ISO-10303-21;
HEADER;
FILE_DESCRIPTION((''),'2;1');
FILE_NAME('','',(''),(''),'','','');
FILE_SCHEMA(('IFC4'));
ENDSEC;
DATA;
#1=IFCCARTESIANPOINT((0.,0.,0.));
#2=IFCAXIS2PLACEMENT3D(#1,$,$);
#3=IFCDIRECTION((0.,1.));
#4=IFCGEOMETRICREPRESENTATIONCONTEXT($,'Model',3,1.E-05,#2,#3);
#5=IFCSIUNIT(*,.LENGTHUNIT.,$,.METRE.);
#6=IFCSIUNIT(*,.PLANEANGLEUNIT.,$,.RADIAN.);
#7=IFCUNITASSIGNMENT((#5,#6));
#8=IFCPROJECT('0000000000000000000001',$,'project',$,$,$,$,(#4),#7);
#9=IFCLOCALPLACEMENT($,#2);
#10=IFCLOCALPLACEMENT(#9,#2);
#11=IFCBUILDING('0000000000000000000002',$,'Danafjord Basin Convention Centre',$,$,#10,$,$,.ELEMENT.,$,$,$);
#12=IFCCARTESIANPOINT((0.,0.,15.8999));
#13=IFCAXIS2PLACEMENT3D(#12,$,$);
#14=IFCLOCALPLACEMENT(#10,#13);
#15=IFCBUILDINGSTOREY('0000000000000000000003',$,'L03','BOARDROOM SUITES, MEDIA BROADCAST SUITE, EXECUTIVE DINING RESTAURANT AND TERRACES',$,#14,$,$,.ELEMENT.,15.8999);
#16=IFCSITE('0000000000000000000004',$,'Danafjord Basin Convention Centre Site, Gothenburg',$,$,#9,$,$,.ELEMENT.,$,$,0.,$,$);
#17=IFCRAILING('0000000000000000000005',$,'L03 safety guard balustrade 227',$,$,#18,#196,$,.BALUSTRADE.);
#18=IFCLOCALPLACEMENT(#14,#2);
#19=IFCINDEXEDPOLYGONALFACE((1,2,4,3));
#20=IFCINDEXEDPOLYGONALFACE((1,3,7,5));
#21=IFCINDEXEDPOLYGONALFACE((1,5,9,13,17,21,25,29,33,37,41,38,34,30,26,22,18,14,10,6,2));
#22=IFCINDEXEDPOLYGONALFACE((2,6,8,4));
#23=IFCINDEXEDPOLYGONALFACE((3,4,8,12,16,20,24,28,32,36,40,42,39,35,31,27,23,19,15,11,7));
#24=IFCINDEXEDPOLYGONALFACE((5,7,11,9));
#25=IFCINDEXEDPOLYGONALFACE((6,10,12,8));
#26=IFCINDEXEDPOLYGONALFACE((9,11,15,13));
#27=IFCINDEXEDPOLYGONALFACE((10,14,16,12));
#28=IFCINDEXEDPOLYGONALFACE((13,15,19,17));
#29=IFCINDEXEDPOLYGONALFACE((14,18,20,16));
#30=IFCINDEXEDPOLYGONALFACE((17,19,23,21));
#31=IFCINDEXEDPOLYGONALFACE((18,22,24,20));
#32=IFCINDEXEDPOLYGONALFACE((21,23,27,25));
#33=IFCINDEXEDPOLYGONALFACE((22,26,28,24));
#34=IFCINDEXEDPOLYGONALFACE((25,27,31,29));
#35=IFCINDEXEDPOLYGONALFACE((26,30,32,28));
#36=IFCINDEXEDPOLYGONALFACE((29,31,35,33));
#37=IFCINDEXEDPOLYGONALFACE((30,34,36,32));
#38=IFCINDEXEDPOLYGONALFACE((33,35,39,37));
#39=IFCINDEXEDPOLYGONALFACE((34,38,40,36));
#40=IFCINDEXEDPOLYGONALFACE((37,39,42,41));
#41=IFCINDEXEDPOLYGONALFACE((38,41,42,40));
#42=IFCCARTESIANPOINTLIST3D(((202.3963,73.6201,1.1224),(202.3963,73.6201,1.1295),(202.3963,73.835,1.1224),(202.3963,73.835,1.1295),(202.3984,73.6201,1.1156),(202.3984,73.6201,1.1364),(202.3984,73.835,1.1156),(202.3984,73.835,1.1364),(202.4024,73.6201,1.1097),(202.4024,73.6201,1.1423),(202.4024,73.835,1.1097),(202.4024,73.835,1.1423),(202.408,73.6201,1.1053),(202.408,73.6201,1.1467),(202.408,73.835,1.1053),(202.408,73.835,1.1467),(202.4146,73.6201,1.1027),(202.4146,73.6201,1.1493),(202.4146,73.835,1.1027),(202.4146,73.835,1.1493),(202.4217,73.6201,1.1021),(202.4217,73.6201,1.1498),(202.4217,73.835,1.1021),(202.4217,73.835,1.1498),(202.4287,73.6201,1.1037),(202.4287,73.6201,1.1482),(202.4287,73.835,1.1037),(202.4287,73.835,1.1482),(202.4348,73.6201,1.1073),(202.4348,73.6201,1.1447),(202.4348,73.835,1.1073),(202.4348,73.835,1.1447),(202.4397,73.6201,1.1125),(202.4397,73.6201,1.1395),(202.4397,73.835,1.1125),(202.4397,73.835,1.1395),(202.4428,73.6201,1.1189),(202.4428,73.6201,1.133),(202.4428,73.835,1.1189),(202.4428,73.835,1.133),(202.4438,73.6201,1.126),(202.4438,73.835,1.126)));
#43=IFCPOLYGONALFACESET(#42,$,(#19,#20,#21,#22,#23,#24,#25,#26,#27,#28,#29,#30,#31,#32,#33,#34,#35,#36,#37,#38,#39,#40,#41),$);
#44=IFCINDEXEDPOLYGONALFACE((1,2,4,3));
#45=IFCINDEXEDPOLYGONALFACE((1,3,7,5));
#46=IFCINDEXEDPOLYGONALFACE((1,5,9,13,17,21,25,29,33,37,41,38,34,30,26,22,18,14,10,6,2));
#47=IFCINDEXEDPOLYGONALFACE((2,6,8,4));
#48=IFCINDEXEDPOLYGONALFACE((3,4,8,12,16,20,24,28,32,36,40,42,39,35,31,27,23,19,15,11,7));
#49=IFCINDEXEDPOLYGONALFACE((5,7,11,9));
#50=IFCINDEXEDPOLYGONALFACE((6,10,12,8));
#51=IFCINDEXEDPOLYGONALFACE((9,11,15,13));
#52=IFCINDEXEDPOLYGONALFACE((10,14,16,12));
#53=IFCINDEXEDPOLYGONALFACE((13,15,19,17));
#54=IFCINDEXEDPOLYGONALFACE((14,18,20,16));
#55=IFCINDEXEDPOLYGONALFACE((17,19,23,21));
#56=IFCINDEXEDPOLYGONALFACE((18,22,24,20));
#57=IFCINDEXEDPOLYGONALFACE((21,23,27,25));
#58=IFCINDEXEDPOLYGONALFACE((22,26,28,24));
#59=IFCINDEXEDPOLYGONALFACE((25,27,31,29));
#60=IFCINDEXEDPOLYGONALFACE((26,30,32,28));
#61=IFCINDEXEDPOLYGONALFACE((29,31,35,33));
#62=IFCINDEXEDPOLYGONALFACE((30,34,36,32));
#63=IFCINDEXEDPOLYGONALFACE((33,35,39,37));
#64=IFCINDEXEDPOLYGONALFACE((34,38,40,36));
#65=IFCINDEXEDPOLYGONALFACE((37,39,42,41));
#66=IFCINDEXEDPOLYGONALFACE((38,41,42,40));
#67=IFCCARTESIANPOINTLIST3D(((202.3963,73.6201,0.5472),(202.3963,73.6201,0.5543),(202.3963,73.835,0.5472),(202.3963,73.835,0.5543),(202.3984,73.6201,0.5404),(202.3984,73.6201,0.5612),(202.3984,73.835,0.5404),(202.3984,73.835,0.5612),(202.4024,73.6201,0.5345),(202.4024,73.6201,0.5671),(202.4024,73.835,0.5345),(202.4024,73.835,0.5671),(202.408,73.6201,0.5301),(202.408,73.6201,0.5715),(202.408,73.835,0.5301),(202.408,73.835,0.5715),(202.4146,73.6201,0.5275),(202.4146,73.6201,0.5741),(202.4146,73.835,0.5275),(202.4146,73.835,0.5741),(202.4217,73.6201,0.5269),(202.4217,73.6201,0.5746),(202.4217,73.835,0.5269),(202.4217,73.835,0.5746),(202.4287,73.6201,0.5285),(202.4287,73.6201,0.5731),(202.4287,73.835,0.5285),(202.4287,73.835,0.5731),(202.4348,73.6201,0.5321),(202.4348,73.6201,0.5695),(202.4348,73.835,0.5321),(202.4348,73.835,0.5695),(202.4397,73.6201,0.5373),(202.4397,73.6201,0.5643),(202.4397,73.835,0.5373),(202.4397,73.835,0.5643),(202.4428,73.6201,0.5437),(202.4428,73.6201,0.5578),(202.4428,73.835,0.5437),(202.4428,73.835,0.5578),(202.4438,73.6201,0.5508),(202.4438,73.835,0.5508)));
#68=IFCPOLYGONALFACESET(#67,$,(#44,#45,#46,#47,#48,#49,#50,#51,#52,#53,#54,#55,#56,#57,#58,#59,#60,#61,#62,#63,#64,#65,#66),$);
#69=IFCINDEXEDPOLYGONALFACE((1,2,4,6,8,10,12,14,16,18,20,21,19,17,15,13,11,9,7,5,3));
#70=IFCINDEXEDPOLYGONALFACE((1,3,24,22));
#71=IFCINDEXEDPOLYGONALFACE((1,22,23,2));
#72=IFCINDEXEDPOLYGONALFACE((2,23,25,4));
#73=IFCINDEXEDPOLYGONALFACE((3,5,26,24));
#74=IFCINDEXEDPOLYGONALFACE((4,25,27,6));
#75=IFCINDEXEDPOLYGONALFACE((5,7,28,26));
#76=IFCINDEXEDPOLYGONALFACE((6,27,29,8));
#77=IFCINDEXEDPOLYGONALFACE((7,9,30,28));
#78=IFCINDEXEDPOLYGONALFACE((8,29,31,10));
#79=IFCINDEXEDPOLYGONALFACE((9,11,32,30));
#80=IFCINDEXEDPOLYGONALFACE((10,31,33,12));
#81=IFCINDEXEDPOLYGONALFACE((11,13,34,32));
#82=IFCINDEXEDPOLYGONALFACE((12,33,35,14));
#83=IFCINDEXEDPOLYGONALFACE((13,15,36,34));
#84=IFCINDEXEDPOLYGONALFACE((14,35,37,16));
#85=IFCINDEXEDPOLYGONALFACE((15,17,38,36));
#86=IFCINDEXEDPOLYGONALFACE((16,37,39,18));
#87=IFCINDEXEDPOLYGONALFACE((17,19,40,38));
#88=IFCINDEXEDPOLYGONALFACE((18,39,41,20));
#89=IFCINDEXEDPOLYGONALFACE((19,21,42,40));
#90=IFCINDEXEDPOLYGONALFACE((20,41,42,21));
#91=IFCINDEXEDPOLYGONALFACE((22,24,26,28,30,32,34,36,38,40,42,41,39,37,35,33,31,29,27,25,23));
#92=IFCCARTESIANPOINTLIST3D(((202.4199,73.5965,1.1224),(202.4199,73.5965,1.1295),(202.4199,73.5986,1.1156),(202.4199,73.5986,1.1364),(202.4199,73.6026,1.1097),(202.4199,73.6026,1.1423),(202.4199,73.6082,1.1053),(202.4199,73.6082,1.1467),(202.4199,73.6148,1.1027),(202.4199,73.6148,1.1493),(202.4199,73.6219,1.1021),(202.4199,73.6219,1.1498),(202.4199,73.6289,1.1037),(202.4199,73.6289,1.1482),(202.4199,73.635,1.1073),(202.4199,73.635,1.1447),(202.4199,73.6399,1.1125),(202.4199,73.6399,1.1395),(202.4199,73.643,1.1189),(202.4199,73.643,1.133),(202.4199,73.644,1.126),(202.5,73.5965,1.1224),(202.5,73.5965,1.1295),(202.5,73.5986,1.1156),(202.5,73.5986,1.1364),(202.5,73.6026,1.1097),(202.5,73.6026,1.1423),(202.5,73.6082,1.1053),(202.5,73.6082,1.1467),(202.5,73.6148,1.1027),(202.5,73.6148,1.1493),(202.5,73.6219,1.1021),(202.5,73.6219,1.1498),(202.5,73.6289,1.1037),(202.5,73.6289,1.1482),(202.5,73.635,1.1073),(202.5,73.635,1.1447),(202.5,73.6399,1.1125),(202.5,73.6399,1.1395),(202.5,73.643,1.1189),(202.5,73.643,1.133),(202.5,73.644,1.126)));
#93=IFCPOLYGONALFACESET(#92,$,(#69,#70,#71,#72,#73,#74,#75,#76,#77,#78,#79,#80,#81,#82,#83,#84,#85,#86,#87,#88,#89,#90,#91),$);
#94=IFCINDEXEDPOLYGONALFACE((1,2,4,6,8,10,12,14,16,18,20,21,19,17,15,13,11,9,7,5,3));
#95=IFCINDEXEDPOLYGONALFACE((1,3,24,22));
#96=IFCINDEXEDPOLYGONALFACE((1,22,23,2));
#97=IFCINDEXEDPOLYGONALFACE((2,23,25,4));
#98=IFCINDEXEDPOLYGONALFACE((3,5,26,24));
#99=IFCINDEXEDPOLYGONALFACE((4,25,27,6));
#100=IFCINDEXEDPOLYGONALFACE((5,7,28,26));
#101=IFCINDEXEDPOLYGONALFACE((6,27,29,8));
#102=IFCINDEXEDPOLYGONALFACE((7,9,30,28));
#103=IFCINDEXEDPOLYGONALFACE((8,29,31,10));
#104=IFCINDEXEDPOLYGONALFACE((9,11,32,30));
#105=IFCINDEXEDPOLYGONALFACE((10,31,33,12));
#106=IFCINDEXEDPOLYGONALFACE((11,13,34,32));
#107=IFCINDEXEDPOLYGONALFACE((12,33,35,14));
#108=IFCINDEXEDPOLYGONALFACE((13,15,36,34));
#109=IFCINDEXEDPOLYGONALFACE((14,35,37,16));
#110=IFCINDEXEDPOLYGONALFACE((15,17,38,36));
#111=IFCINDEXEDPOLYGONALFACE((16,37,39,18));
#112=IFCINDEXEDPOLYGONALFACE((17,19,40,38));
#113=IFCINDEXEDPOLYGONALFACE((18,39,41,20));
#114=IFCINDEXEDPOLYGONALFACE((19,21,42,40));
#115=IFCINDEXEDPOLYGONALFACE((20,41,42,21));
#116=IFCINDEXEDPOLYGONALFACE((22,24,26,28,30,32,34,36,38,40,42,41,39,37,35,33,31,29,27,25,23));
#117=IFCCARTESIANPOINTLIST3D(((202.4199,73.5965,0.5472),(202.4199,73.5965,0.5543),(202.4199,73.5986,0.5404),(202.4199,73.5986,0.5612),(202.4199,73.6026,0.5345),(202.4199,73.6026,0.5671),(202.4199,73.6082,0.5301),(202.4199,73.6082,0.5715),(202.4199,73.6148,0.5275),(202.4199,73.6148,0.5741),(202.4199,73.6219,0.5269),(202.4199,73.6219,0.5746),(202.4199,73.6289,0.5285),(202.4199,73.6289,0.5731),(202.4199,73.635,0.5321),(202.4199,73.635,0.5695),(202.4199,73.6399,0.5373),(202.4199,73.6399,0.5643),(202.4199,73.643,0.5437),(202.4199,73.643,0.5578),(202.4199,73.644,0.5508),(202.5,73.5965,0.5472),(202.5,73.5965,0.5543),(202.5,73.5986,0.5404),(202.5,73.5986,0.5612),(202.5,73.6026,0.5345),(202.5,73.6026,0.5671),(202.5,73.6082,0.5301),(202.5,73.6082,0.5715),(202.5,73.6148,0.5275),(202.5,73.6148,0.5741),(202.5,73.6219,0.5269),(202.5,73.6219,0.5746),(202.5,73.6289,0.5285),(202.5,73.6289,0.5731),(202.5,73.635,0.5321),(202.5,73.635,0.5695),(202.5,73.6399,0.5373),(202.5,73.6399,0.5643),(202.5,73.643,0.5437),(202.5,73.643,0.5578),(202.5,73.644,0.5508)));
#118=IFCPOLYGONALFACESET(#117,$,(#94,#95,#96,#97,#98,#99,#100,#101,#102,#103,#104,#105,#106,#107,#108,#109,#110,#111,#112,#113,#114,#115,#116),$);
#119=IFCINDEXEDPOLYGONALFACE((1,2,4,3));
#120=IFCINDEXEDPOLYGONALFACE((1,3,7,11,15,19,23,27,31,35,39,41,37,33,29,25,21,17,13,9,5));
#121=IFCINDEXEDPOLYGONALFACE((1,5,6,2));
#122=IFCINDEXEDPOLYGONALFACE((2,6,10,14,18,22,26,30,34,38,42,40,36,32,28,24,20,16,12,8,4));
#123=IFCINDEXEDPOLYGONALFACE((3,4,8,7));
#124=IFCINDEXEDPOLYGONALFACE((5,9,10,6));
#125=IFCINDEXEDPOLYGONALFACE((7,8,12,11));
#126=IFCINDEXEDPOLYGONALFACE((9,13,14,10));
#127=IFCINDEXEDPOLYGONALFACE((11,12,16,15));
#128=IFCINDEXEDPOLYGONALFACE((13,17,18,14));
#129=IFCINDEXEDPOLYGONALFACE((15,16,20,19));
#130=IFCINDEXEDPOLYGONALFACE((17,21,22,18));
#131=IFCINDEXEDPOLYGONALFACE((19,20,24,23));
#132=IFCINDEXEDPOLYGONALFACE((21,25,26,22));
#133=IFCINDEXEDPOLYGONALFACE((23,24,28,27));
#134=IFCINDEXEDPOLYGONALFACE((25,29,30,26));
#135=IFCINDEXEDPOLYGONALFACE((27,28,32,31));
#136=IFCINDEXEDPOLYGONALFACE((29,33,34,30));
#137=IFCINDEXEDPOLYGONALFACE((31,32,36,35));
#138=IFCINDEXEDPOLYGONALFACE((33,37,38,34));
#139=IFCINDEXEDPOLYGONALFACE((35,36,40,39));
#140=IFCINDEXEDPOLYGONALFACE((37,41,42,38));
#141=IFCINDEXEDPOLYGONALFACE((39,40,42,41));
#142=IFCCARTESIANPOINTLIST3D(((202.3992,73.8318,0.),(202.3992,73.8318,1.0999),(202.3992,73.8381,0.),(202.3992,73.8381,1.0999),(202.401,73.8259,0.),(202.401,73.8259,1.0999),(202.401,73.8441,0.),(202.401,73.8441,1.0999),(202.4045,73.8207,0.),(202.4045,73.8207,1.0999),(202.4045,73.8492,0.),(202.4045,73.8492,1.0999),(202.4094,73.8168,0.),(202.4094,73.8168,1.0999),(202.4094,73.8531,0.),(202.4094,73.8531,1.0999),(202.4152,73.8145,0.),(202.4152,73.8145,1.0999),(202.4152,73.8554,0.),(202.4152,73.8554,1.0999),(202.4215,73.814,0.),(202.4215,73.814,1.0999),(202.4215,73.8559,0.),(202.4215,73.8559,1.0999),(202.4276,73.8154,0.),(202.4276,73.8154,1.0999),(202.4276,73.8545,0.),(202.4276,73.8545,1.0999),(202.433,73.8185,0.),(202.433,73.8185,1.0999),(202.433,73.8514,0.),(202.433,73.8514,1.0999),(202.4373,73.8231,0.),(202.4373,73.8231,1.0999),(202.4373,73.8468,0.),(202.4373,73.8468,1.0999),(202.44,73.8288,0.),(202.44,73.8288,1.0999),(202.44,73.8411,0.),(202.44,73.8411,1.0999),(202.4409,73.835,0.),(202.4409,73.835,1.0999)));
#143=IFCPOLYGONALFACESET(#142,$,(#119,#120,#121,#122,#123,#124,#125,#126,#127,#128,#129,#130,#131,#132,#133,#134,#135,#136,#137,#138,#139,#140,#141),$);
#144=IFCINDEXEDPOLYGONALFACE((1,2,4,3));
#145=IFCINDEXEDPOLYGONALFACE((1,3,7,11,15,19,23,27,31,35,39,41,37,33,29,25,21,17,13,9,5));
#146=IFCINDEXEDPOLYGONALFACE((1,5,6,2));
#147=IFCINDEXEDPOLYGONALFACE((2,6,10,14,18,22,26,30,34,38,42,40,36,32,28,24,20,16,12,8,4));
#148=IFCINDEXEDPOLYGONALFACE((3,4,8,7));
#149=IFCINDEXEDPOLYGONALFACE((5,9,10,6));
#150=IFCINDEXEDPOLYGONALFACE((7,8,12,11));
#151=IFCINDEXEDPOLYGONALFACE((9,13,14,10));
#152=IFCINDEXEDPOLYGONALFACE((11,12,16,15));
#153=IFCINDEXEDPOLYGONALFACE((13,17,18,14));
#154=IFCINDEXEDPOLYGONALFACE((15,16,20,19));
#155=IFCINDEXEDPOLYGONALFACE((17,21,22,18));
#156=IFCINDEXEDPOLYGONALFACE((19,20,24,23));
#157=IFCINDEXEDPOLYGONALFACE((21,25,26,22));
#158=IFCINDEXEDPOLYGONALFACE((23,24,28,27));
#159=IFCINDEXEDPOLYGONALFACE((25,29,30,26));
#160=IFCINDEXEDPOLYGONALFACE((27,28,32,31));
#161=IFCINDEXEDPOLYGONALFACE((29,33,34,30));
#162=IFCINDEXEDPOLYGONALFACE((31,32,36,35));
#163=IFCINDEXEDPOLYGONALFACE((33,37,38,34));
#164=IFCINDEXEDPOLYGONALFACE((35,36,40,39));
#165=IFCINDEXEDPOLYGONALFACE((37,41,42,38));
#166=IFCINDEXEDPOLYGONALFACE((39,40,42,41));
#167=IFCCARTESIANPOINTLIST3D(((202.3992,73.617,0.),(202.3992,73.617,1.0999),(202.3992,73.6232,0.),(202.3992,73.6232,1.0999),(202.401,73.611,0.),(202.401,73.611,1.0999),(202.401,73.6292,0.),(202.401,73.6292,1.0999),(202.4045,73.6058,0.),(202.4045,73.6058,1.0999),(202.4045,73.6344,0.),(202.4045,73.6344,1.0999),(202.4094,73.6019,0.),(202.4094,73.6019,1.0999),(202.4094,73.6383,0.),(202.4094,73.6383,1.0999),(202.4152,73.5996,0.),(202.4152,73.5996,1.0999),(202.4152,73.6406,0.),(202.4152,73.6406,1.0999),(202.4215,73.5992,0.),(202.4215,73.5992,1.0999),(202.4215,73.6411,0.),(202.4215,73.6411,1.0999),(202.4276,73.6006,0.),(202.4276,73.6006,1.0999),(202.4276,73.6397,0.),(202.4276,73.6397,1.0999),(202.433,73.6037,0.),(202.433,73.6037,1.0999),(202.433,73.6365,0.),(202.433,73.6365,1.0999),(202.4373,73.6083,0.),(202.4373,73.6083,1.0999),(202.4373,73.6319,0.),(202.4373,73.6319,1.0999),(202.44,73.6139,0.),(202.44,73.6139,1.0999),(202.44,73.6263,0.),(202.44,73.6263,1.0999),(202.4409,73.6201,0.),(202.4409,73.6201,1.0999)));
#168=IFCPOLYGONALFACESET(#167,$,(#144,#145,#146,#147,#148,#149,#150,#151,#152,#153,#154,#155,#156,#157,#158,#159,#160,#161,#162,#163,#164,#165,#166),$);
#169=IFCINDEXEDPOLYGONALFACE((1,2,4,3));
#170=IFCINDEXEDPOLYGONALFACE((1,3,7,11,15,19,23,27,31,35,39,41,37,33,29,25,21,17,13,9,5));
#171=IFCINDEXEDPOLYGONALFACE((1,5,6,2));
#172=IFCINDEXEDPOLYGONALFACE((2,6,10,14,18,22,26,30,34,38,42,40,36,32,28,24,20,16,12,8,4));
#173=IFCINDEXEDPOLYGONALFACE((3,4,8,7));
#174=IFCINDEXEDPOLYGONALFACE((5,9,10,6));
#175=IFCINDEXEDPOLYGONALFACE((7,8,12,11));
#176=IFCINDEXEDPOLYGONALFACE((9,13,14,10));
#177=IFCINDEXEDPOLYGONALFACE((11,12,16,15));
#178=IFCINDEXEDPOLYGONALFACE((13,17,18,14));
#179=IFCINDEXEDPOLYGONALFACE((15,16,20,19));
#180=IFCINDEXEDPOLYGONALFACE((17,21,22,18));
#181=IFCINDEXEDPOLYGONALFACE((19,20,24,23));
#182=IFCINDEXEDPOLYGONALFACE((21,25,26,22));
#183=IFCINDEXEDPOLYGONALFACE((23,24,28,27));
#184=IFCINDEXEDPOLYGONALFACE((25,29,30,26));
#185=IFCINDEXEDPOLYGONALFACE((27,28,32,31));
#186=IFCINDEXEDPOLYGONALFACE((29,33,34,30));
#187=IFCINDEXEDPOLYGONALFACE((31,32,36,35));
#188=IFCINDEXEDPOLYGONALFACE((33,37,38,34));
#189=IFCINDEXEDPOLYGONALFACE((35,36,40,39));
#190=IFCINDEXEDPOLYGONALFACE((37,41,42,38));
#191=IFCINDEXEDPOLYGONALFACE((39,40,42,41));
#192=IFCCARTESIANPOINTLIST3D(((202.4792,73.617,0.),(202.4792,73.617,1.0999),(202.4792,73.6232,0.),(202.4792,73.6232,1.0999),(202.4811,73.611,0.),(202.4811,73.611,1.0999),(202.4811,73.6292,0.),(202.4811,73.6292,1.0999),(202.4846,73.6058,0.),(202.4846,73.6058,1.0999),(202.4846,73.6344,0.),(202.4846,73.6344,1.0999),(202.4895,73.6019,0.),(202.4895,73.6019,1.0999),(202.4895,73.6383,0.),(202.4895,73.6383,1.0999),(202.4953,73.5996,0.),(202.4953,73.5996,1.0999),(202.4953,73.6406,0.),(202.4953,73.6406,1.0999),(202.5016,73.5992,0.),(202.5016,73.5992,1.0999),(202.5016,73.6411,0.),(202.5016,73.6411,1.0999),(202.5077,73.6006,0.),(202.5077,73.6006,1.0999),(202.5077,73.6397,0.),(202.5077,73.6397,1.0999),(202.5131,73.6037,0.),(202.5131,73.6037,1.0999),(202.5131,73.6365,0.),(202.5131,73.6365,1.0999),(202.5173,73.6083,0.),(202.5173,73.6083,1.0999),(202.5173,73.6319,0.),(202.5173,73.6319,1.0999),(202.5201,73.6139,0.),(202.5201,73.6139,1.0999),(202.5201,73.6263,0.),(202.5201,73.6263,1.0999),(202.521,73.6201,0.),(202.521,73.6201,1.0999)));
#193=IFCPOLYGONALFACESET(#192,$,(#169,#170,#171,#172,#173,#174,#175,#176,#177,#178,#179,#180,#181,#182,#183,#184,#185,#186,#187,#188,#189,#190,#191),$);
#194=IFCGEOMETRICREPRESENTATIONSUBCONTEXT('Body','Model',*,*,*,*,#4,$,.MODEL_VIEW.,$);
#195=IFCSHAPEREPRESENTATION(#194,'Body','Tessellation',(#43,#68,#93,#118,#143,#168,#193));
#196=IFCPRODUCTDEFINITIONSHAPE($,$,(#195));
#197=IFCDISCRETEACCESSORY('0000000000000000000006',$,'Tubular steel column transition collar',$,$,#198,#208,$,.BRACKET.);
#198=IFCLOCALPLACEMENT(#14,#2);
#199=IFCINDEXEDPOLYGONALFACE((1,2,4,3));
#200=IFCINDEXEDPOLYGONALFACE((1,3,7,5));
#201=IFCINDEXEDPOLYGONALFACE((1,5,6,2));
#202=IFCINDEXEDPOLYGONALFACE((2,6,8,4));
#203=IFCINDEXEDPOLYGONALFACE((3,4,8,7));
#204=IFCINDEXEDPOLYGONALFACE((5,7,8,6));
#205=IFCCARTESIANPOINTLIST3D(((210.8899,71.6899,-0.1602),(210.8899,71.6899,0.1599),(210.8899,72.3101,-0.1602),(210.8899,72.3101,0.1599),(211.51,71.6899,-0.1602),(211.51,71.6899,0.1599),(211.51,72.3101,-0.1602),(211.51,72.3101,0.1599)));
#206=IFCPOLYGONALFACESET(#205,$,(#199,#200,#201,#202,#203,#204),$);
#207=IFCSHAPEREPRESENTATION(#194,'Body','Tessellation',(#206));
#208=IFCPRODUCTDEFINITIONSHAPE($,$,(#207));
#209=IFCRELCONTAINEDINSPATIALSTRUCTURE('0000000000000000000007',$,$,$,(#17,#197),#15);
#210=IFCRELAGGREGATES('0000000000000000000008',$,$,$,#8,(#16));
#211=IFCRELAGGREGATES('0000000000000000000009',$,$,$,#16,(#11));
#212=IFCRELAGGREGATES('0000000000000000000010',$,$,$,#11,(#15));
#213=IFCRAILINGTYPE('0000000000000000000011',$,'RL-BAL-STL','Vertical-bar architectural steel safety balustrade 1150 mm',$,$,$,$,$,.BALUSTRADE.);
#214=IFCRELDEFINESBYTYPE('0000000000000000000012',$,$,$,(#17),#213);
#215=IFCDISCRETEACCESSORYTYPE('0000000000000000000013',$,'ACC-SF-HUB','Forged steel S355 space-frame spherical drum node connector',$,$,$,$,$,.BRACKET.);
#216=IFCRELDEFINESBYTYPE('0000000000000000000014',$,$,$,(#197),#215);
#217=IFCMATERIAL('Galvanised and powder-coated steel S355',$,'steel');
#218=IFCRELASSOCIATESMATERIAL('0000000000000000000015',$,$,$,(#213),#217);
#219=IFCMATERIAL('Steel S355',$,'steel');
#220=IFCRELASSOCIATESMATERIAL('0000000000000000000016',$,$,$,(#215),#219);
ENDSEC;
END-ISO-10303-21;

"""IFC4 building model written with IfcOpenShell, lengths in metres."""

from ifc_helpers import new_model, si_unit, direction, frame, origin, origin_2d, place, context, subcontext, project, spatial, rectangle, circle, extrude, material, type_object, element, save


model = new_model("IFC4")

# Units and contexts
model_context = context("Model", 3, precision=1e-05, world=origin(), true_north=direction((0.0, 1.0)))
body_context = subcontext(model_context, "Body", "Model", "MODEL_VIEW")
ifc_project = project(units=[si_unit("LENGTHUNIT", "METRE"), si_unit("PLANEANGLEUNIT", "RADIAN")], contexts=[model_context])

# Site, building, storey
site_placement = place(None, origin())
site = spatial("IfcSite", under=ifc_project, at=site_placement, Name="Danafjord Basin Convention Centre Site, Gothenburg", CompositionType="ELEMENT", RefElevation=0.0)
building_placement = place(site_placement, origin())
building = spatial("IfcBuilding", under=site, at=building_placement, Name="Danafjord Basin Convention Centre", CompositionType="ELEMENT")
storey_placement = place(building_placement, frame((0.0, 0.0, 15.8999)))
storey = spatial("IfcBuildingStorey", under=building, at=storey_placement, Name="L03", Description="BOARDROOM SUITES, MEDIA BROADCAST SUITE, EXECUTIVE DINING RESTAURANT AND TERRACES", CompositionType="ELEMENT", Elevation=15.8999)

# Shared definitions
ifc_material_1 = material(Name="Steel S355", Category="steel")

# Railing
ifc_material_2 = material(Name="Galvanised and powder-coated steel S355", Category="steel")
railing_type_1 = type_object("IfcRailingType", Name="RL-BAL-STL", Description="Vertical-bar architectural steel safety balustrade 1150 mm", PredefinedType="BALUSTRADE", material=ifc_material_2)
railing_1_placement = place(storey_placement, frame((202.4199, 73.835, 0.0)))
element("IfcRailing", 1, at=railing_1_placement, inside=storey, type_object=railing_type_1, Name="L03 safety guard balustrade 227", PredefinedType="BALUSTRADE", context=body_context, shape_type="SweptSolid", body=[
    extrude(circle(Radius=0.0239, at=origin_2d()), frame((0.0, 0.0, 1.126), z_axis=(0.0, -1.0, 0.0), x_axis=(1.0, 0.0, 0.0)), (0.0, 0.0, 1.0), 0.2148),
    extrude(circle(Radius=0.0239, at=origin_2d()), frame((0.0, 0.0, 0.5508), z_axis=(0.0, -1.0, 0.0), x_axis=(1.0, 0.0, 0.0)), (0.0, 0.0, 1.0), 0.2148),
    extrude(circle(Radius=0.0239, at=origin_2d()), frame((0.0, -0.2148, 1.126), z_axis=(1.0, 0.0, 0.0), x_axis=(0.0, 1.0, 0.0)), (0.0, 0.0, 1.0), 0.0801),
    extrude(circle(Radius=0.0239, at=origin_2d()), frame((0.0, -0.2148, 0.5508), z_axis=(1.0, 0.0, 0.0), x_axis=(0.0, 1.0, 0.0)), (0.0, 0.0, 1.0), 0.0801),
    extrude(circle(Radius=0.021, at=origin_2d()), origin(), (0.0, 0.0, 1.0), 1.0999),
    extrude(circle(Radius=0.021, at=origin_2d()), frame((0.0, -0.2148, 0.0)), (0.0, 0.0, 1.0), 1.0999),
    extrude(circle(Radius=0.021, at=origin_2d()), frame((0.0801, -0.2148, 0.0)), (0.0, 0.0, 1.0), 1.0999),
])

# Discrete accessory
discrete_accessory_type = type_object("IfcDiscreteAccessoryType", Name="ACC-SF-HUB", Description="Forged steel S355 space-frame spherical drum node connector", PredefinedType="BRACKET", material=ifc_material_1)
for number, where, z_axis, x_axis, name in (
    (2, (211.2, 72.0, -0.1602), (0.0, 0.0, 1.0), (1.0, 0.0, 0.0), "Tubular steel column transition collar"),
):
    element("IfcDiscreteAccessory", number, at=place(storey_placement, frame(where, z_axis=z_axis, x_axis=x_axis)), inside=storey, type_object=discrete_accessory_type, Name=name, PredefinedType="BRACKET", context=body_context, shape_type="SweptSolid", body=[
        extrude(rectangle(XDim=0.6201, YDim=0.6201, at=origin_2d()), origin(), (0.0, 0.0, 1.0), 0.3201),
    ])

save(model, "model.ifc")
